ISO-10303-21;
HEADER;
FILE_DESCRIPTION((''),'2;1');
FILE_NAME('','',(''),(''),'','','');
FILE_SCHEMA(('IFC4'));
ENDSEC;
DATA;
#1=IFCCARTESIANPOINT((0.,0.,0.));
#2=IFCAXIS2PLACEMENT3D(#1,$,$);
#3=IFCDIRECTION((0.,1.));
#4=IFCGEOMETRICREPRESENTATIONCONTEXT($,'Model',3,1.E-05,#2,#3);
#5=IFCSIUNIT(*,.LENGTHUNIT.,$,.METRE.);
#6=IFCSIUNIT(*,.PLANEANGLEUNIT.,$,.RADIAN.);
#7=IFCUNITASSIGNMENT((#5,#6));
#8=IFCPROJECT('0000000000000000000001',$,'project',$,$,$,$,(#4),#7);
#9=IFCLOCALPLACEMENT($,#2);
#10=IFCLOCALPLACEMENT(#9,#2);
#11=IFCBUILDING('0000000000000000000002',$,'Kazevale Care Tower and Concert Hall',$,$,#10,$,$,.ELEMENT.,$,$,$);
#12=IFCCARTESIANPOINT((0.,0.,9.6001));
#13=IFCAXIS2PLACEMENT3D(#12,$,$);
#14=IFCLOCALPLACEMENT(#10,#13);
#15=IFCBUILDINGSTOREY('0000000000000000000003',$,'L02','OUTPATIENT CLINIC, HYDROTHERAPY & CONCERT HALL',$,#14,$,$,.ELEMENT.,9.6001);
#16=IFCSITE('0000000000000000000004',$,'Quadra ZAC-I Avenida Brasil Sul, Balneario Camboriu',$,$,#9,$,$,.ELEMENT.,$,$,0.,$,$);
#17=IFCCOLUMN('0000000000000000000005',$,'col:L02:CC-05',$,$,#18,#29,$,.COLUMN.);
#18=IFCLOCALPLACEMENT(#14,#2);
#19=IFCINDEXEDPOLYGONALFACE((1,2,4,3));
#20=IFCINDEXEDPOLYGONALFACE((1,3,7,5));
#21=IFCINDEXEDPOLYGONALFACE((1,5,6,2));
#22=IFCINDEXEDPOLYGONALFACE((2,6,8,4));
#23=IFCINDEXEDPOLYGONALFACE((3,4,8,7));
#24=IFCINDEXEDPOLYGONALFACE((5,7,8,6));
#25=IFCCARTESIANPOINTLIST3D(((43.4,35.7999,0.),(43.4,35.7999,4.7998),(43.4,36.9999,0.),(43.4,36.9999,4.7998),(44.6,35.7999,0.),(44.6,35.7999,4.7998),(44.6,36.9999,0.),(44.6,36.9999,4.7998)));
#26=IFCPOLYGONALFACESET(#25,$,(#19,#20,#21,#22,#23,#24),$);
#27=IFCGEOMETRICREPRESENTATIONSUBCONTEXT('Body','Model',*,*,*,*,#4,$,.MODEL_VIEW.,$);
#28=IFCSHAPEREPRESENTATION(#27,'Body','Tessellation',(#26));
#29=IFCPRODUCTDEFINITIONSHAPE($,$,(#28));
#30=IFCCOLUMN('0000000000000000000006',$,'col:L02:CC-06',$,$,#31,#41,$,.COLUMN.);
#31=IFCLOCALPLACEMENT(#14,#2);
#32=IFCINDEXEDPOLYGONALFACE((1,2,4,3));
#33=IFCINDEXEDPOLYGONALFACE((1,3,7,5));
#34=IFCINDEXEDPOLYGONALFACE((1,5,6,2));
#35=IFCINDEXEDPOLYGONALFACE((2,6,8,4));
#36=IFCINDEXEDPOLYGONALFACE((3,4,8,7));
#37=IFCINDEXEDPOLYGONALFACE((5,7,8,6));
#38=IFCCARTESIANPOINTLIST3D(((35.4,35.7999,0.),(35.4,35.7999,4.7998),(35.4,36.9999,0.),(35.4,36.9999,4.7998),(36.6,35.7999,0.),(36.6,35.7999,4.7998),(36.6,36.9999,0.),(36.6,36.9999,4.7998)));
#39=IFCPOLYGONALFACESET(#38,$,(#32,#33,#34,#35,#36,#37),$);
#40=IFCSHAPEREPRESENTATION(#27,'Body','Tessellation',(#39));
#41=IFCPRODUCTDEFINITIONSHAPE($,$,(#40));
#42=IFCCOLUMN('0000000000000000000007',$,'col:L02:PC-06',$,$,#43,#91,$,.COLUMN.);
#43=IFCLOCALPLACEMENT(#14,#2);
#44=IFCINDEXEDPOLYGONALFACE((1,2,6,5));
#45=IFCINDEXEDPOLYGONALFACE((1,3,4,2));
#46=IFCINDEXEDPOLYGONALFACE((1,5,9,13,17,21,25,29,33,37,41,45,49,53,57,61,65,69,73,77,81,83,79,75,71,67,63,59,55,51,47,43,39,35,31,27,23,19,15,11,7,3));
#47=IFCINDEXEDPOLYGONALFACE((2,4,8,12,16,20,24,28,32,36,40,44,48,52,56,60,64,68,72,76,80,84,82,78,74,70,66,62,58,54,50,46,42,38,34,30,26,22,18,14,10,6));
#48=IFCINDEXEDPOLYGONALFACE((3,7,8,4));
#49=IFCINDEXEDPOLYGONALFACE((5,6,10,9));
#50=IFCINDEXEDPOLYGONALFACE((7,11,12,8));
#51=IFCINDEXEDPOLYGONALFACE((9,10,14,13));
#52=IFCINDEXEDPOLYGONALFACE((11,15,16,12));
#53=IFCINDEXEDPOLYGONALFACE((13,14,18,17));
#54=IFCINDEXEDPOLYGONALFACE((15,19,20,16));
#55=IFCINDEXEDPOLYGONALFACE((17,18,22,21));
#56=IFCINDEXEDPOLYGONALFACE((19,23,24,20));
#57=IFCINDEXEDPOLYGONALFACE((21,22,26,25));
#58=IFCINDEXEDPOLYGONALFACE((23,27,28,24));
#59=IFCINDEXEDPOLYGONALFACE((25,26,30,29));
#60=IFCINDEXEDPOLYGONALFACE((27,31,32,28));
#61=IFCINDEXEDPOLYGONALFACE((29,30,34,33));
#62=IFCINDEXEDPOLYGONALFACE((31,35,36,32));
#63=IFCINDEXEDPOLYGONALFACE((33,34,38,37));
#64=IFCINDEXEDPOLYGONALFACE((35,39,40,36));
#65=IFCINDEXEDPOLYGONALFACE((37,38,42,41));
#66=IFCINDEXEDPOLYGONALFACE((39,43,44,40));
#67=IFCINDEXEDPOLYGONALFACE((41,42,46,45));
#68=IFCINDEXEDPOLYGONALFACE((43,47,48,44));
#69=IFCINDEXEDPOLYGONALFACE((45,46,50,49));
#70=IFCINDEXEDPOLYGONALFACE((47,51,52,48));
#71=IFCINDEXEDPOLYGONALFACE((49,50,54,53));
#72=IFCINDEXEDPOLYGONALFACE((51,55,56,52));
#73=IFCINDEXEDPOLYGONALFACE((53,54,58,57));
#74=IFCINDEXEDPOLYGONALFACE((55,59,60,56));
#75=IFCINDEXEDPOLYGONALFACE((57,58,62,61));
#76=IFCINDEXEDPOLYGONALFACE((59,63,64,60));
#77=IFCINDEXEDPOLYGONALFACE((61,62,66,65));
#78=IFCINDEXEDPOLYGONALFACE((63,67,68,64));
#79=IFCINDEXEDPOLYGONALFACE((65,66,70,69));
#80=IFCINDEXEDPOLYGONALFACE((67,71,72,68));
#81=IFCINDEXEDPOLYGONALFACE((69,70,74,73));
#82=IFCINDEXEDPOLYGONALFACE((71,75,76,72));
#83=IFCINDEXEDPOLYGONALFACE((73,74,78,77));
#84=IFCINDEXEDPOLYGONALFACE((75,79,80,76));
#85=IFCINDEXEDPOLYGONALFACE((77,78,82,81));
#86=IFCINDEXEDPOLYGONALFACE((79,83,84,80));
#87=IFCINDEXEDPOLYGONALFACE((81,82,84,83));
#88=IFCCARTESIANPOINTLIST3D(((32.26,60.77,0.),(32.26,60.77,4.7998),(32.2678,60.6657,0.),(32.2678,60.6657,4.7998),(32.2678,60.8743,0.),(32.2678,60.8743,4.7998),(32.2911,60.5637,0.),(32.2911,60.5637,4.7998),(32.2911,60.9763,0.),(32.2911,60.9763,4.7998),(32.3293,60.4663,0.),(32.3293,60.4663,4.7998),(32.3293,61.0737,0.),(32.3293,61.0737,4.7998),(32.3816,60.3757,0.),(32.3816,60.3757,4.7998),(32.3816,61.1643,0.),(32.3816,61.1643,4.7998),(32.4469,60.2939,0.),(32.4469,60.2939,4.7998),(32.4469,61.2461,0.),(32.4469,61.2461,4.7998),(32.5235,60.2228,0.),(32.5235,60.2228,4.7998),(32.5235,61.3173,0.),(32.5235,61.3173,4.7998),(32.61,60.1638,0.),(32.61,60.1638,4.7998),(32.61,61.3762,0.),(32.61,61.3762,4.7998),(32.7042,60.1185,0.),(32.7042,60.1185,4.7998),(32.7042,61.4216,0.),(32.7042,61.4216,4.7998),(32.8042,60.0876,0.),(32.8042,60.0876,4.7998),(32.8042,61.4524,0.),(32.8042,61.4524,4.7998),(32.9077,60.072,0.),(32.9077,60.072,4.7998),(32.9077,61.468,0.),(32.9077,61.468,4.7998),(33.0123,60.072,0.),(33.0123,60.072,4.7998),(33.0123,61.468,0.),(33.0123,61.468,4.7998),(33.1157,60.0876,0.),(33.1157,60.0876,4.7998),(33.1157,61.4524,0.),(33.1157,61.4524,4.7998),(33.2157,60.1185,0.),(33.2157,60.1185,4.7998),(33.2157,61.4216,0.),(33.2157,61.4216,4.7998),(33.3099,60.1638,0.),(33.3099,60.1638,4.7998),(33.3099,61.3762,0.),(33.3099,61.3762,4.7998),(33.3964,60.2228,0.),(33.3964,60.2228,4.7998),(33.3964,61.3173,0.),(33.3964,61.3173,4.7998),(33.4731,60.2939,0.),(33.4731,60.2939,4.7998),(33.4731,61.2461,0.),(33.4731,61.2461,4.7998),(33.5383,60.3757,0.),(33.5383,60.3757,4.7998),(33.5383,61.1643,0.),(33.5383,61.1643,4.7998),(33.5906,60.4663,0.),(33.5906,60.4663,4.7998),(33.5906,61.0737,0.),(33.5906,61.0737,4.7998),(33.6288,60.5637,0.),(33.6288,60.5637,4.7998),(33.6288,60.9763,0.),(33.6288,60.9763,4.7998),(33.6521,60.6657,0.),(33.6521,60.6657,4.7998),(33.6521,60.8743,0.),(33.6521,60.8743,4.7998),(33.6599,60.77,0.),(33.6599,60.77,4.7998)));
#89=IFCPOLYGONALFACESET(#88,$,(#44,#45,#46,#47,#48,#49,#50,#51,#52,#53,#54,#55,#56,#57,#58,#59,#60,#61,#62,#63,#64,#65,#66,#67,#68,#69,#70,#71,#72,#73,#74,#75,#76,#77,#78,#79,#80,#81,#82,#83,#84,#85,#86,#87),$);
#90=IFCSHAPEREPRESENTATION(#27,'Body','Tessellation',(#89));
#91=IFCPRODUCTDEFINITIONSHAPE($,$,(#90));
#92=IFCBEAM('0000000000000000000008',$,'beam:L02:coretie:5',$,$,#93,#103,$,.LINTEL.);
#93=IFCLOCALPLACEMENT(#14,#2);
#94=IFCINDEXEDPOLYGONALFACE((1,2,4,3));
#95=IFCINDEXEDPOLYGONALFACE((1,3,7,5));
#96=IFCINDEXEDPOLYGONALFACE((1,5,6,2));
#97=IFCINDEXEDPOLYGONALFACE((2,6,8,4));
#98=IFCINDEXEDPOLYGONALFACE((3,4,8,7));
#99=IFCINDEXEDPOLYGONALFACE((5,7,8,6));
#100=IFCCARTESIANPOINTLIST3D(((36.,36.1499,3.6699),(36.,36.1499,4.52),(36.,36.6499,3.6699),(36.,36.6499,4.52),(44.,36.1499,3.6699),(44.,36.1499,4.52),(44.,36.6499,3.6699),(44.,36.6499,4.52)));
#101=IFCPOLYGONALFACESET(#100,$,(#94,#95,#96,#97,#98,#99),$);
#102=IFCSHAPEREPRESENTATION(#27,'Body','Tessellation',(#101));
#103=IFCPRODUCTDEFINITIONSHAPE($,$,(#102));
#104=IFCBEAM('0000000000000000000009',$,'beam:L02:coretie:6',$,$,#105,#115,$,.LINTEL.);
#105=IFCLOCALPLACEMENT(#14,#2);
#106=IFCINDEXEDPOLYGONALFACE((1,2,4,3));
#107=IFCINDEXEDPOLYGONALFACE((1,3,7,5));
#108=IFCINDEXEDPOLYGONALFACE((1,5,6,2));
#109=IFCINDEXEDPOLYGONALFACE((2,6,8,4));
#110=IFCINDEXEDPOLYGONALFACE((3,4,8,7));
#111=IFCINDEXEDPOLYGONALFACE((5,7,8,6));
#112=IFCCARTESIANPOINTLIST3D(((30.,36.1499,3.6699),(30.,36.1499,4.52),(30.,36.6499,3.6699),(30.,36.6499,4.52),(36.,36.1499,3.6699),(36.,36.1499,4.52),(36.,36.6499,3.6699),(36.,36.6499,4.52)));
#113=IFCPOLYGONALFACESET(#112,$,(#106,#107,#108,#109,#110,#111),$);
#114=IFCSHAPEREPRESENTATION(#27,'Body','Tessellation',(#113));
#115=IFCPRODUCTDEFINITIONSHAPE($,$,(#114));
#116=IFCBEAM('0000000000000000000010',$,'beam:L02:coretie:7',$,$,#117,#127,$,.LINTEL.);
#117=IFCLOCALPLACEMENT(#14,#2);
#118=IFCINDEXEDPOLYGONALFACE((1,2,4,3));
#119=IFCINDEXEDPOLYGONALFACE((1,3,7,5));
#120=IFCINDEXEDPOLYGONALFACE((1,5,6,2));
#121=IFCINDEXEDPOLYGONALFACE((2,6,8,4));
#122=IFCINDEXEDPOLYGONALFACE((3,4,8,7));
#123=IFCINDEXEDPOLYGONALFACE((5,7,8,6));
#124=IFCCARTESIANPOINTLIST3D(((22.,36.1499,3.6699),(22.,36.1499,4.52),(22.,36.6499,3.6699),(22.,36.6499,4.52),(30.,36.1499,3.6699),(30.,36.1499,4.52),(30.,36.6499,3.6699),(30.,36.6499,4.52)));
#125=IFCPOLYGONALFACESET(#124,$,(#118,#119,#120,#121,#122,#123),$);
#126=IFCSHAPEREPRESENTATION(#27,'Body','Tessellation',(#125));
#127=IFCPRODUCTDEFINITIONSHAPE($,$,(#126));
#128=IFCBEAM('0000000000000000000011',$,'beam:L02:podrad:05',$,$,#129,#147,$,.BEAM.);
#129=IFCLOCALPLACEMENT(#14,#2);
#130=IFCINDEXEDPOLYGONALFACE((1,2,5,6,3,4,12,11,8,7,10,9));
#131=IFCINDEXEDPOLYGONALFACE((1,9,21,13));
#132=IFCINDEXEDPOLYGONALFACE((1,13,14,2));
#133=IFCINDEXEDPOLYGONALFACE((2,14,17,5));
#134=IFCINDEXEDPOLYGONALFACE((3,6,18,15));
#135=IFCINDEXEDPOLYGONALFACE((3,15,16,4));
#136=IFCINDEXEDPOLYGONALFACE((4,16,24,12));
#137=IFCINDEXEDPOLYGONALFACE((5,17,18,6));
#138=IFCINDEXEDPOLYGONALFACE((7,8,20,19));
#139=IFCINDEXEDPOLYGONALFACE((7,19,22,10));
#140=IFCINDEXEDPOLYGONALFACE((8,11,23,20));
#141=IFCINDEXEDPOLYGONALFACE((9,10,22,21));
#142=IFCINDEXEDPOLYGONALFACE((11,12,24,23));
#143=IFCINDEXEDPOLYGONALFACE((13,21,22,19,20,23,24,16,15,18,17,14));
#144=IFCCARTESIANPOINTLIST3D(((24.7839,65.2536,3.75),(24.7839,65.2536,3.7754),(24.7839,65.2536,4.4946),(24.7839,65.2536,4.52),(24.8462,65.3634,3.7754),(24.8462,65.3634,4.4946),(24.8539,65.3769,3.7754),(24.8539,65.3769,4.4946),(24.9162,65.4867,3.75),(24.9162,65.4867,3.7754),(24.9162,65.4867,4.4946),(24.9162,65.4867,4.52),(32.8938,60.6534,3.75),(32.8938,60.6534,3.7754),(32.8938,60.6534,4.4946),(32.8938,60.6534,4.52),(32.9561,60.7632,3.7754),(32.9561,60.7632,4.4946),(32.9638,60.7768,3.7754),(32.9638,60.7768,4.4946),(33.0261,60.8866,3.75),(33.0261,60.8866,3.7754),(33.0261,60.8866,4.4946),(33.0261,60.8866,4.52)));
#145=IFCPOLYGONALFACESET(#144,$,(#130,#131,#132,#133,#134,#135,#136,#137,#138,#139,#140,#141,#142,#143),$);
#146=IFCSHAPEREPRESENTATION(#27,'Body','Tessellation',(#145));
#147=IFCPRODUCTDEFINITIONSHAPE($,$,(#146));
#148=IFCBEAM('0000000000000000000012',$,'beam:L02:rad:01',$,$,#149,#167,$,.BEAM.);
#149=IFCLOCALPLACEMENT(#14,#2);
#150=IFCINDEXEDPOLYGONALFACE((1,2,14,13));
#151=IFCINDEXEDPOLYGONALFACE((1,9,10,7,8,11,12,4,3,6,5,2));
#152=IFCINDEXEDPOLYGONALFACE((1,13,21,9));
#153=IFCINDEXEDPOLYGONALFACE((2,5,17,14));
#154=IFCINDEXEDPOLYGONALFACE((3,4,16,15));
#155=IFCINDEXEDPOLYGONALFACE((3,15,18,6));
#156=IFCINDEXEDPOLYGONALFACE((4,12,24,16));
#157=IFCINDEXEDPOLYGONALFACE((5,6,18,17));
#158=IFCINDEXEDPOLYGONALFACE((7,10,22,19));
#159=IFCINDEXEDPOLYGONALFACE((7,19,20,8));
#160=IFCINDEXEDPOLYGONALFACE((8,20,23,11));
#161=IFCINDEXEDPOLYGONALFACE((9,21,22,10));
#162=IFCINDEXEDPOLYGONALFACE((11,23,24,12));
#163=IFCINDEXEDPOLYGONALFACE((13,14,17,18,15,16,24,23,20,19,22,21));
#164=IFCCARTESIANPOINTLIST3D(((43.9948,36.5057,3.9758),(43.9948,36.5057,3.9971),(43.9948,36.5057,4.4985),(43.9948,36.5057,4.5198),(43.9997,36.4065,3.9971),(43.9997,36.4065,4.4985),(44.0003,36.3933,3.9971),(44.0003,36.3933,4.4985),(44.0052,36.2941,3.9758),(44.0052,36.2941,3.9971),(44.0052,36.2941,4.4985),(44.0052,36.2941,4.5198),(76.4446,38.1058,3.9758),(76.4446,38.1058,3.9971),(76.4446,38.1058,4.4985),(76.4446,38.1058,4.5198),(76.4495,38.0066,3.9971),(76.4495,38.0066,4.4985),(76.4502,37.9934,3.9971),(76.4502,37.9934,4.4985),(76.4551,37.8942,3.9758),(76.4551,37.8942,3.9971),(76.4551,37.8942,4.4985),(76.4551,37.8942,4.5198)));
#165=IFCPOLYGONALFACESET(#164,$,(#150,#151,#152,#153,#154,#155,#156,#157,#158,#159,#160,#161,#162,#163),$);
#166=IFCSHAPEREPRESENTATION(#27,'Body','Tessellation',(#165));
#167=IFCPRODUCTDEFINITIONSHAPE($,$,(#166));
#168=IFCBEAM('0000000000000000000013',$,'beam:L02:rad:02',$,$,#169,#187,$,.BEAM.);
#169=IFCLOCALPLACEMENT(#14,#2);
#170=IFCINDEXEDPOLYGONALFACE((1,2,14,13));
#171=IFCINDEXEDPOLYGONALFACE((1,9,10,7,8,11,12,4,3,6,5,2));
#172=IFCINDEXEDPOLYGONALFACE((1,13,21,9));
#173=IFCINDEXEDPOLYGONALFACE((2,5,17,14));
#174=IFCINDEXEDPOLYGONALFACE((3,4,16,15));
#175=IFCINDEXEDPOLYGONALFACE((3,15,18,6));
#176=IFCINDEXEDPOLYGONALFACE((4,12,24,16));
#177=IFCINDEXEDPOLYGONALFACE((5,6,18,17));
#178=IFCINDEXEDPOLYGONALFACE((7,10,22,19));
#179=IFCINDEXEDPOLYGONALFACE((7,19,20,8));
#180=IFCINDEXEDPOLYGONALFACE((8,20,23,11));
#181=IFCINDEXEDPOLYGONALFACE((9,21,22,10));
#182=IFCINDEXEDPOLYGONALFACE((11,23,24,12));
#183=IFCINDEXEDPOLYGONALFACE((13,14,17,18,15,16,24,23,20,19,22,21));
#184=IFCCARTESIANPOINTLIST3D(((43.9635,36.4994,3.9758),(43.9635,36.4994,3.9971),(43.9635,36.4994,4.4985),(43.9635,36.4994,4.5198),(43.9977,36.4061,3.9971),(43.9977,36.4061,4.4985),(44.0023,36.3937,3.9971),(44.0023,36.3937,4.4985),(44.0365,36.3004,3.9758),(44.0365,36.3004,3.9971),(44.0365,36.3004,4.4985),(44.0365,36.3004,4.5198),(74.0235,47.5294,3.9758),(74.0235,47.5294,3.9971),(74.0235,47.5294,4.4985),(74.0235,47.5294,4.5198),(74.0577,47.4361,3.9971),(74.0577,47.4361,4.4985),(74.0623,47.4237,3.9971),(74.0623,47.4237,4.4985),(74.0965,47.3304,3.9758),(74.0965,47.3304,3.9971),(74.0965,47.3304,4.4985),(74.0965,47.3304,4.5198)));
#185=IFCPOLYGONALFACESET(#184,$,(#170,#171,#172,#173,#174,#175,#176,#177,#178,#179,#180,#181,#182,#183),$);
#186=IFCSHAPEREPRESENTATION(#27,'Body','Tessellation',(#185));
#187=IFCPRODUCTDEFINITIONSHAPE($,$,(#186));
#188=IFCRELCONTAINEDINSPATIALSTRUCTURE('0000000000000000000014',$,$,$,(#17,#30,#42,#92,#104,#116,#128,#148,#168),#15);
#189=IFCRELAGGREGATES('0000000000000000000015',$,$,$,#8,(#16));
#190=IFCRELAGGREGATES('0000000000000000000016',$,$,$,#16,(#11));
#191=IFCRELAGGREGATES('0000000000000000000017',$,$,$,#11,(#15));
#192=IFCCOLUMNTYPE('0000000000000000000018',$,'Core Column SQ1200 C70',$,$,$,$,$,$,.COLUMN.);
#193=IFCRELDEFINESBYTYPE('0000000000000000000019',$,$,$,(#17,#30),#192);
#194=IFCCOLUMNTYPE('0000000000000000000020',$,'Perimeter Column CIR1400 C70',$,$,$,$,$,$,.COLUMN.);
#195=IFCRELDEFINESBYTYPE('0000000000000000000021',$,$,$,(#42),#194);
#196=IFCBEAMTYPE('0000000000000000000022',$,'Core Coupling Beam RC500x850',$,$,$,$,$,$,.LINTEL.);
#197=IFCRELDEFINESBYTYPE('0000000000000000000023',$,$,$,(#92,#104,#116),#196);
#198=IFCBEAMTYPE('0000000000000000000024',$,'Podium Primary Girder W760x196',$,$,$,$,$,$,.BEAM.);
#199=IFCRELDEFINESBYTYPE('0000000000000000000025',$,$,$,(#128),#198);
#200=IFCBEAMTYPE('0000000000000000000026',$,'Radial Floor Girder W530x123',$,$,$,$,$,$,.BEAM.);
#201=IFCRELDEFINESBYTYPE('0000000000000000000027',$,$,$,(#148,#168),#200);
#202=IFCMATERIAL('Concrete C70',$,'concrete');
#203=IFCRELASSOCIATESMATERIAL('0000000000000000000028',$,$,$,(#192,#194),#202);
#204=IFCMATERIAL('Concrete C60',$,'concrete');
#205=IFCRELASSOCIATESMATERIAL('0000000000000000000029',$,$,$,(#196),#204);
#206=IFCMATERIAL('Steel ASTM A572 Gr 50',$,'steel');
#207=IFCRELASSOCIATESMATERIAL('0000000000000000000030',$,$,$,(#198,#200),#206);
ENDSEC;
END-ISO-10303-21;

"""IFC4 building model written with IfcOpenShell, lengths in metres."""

from ifc_helpers import new_model, si_unit, direction, frame, origin, origin_2d, place, context, subcontext, project, spatial, rectangle, circle, i_section, extrude, material, material_profile, profile_set, type_object, element, save


model = new_model("IFC4")

# Units and contexts
model_context = context("Model", 3, precision=1e-05, world=origin(), true_north=direction((0.0, 1.0)))
body_context = subcontext(model_context, "Body", "Model", "MODEL_VIEW")
ifc_project = project(units=[si_unit("LENGTHUNIT", "METRE"), si_unit("PLANEANGLEUNIT", "RADIAN")], contexts=[model_context])

# Site, building, storey
site_placement = place(None, origin())
site = spatial("IfcSite", under=ifc_project, at=site_placement, Name="Quadra ZAC-I Avenida Brasil Sul, Balneario Camboriu", CompositionType="ELEMENT", RefElevation=0.0)
building_placement = place(site_placement, origin())
building = spatial("IfcBuilding", under=site, at=building_placement, Name="Kazevale Care Tower and Concert Hall", CompositionType="ELEMENT")
storey_placement = place(building_placement, frame((0.0, 0.0, 9.6001)))
storey = spatial("IfcBuildingStorey", under=building, at=storey_placement, Name="L02", Description="OUTPATIENT CLINIC, HYDROTHERAPY & CONCERT HALL", CompositionType="ELEMENT", Elevation=9.6001)

# Columns
ifc_material_1 = material(Name="Concrete C70", Category="concrete")
ifc_material_profile_1 = material_profile(ifc_material_1, rectangle(XDim=1.2, YDim=1.2, at=origin_2d()), Name="RC-SQ1200")
ifc_profile_set_1 = profile_set([ifc_material_profile_1], Name="Concrete C70")
column_type_1 = type_object("IfcColumnType", Name="Core Column SQ1200 C70", PredefinedType="COLUMN", material=ifc_profile_set_1)
for number, where, z_axis, x_axis, name in (
    (1, (44.0, 36.3999, 0.0), (0.0, 0.0, 1.0), (1.0, 0.0, 0.0), "col:L02:CC-05"),
    (2, (36.0, 36.3999, 0.0), (0.0, 0.0, 1.0), (1.0, 0.0, 0.0), "col:L02:CC-06"),
):
    element("IfcColumn", number, at=place(storey_placement, frame(where, z_axis=z_axis, x_axis=x_axis)), inside=storey, type_object=column_type_1, Name=name, PredefinedType="COLUMN", context=body_context, shape_type="SweptSolid", body=[
        extrude(rectangle(XDim=1.2, YDim=1.2, at=origin_2d()), origin(), (0.0, 0.0, 1.0), 4.7998),
    ])
ifc_material_profile_2 = material_profile(ifc_material_1, circle(Radius=0.7, at=origin_2d()), Name="RC-CIR1400")
ifc_profile_set_2 = profile_set([ifc_material_profile_2], Name="Concrete C70")
column_type_2 = type_object("IfcColumnType", Name="Perimeter Column CIR1400 C70", PredefinedType="COLUMN", material=ifc_profile_set_2)
column_placement = place(storey_placement, frame((32.96, 60.77, 0.0), z_axis=(0.0, 0.0, 1.0), x_axis=(1.0, 0.0, 0.0)))
element("IfcColumn", 3, at=column_placement, inside=storey, type_object=column_type_2, Name="col:L02:PC-06", PredefinedType="COLUMN", context=body_context, shape_type="SweptSolid", body=[
    extrude(circle(Radius=0.7, at=origin_2d()), origin(), (0.0, 0.0, 1.0), 4.7998),
])

# Beams
ifc_material_2 = material(Name="Concrete C60", Category="concrete")
ifc_material_profile_3 = material_profile(ifc_material_2, rectangle(XDim=0.5, YDim=0.8501, at=origin_2d()), Name="RC-B500x850")
ifc_profile_set_3 = profile_set([ifc_material_profile_3], Name="Concrete C60")
beam_type_1 = type_object("IfcBeamType", Name="Core Coupling Beam RC500x850", PredefinedType="LINTEL", material=ifc_profile_set_3)
beam_1_placement = place(storey_placement, frame((44.0, 36.3999, 4.095), z_axis=(-1.0, 0.0, 0.0), x_axis=(0.0, -1.0, 0.0)))
element("IfcBeam", 4, at=beam_1_placement, inside=storey, type_object=beam_type_1, Name="beam:L02:coretie:5", PredefinedType="LINTEL", context=body_context, shape_type="SweptSolid", body=[
    extrude(rectangle(XDim=0.5, YDim=0.8501, at=origin_2d()), origin(), (0.0, 0.0, 1.0), 8.0),
])
beam_2_placement = place(storey_placement, frame((36.0, 36.3999, 4.095), z_axis=(-1.0, 0.0, 0.0), x_axis=(0.0, -1.0, 0.0)))
element("IfcBeam", 5, at=beam_2_placement, inside=storey, type_object=beam_type_1, Name="beam:L02:coretie:6", PredefinedType="LINTEL", context=body_context, shape_type="SweptSolid", body=[
    extrude(rectangle(XDim=0.5, YDim=0.8501, at=origin_2d()), origin(), (0.0, 0.0, 1.0), 6.0),
])
beam_3_placement = place(storey_placement, frame((30.0, 36.3999, 4.095), z_axis=(-1.0, 0.0, 0.0), x_axis=(0.0, -1.0, 0.0)))
element("IfcBeam", 6, at=beam_3_placement, inside=storey, type_object=beam_type_1, Name="beam:L02:coretie:7", PredefinedType="LINTEL", context=body_context, shape_type="SweptSolid", body=[
    extrude(rectangle(XDim=0.5, YDim=0.8501, at=origin_2d()), origin(), (0.0, 0.0, 1.0), 8.0),
])
ifc_material_3 = material(Name="Steel ASTM A572 Gr 50", Category="steel")
ifc_material_profile_4 = material_profile(ifc_material_3, i_section(OverallWidth=0.2681, OverallDepth=0.77, WebThickness=0.0156, FlangeThickness=0.0254, at=origin_2d()), Name="W760x196")
ifc_profile_set_4 = profile_set([ifc_material_profile_4], Name="Steel ASTM A572 Gr 50")
beam_type_2 = type_object("IfcBeamType", Name="Podium Primary Girder W760x196", PredefinedType="BEAM", material=ifc_profile_set_4)
beam_4_placement = place(storey_placement, frame((32.96, 60.77, 4.135), z_axis=(-0.869815, 0.493379, 0.0), x_axis=(-0.493379, -0.869815, 0.0)))
element("IfcBeam", 7, at=beam_4_placement, inside=storey, type_object=beam_type_2, Name="beam:L02:podrad:05", PredefinedType="BEAM", context=body_context, shape_type="SweptSolid", body=[
    extrude(i_section(OverallWidth=0.2681, OverallDepth=0.77, WebThickness=0.0156, FlangeThickness=0.0254, at=origin_2d()), origin(), (0.0, 0.0, 1.0), 9.3237),
])
ifc_material_profile_5 = material_profile(ifc_material_3, i_section(OverallWidth=0.2119, OverallDepth=0.5439, WebThickness=0.0132, FlangeThickness=0.0212, at=origin_2d()), Name="W530x123")
ifc_profile_set_5 = profile_set([ifc_material_profile_5], Name="Steel ASTM A572 Gr 50")
beam_type_3 = type_object("IfcBeamType", Name="Radial Floor Girder W530x123", PredefinedType="BEAM", material=ifc_profile_set_5)
beam_5_placement = place(storey_placement, frame((44.0, 36.3999, 4.2478), z_axis=(0.998786, 0.04925, 0.0), x_axis=(-0.04925, 0.998786, 0.0)))
element("IfcBeam", 8, at=beam_5_placement, inside=storey, type_object=beam_type_3, Name="beam:L02:rad:01", PredefinedType="BEAM", context=body_context, shape_type="SweptSolid", body=[
    extrude(i_section(OverallWidth=0.2119, OverallDepth=0.5439, WebThickness=0.0132, FlangeThickness=0.0212, at=origin_2d()), origin(), (0.0, 0.0, 1.0), 32.4893),
])
beam_6_placement = place(storey_placement, frame((44.0, 36.3999, 4.2478), z_axis=(0.938795, 0.344475, 0.0), x_axis=(-0.344475, 0.938795, 0.0)))
element("IfcBeam", 9, at=beam_6_placement, inside=storey, type_object=beam_type_3, Name="beam:L02:rad:02", PredefinedType="BEAM", context=body_context, shape_type="SweptSolid", body=[
    extrude(i_section(OverallWidth=0.2119, OverallDepth=0.5439, WebThickness=0.0132, FlangeThickness=0.0212, at=origin_2d()), origin(), (0.0, 0.0, 1.0), 32.0198),
])

save(model, "model.ifc")
